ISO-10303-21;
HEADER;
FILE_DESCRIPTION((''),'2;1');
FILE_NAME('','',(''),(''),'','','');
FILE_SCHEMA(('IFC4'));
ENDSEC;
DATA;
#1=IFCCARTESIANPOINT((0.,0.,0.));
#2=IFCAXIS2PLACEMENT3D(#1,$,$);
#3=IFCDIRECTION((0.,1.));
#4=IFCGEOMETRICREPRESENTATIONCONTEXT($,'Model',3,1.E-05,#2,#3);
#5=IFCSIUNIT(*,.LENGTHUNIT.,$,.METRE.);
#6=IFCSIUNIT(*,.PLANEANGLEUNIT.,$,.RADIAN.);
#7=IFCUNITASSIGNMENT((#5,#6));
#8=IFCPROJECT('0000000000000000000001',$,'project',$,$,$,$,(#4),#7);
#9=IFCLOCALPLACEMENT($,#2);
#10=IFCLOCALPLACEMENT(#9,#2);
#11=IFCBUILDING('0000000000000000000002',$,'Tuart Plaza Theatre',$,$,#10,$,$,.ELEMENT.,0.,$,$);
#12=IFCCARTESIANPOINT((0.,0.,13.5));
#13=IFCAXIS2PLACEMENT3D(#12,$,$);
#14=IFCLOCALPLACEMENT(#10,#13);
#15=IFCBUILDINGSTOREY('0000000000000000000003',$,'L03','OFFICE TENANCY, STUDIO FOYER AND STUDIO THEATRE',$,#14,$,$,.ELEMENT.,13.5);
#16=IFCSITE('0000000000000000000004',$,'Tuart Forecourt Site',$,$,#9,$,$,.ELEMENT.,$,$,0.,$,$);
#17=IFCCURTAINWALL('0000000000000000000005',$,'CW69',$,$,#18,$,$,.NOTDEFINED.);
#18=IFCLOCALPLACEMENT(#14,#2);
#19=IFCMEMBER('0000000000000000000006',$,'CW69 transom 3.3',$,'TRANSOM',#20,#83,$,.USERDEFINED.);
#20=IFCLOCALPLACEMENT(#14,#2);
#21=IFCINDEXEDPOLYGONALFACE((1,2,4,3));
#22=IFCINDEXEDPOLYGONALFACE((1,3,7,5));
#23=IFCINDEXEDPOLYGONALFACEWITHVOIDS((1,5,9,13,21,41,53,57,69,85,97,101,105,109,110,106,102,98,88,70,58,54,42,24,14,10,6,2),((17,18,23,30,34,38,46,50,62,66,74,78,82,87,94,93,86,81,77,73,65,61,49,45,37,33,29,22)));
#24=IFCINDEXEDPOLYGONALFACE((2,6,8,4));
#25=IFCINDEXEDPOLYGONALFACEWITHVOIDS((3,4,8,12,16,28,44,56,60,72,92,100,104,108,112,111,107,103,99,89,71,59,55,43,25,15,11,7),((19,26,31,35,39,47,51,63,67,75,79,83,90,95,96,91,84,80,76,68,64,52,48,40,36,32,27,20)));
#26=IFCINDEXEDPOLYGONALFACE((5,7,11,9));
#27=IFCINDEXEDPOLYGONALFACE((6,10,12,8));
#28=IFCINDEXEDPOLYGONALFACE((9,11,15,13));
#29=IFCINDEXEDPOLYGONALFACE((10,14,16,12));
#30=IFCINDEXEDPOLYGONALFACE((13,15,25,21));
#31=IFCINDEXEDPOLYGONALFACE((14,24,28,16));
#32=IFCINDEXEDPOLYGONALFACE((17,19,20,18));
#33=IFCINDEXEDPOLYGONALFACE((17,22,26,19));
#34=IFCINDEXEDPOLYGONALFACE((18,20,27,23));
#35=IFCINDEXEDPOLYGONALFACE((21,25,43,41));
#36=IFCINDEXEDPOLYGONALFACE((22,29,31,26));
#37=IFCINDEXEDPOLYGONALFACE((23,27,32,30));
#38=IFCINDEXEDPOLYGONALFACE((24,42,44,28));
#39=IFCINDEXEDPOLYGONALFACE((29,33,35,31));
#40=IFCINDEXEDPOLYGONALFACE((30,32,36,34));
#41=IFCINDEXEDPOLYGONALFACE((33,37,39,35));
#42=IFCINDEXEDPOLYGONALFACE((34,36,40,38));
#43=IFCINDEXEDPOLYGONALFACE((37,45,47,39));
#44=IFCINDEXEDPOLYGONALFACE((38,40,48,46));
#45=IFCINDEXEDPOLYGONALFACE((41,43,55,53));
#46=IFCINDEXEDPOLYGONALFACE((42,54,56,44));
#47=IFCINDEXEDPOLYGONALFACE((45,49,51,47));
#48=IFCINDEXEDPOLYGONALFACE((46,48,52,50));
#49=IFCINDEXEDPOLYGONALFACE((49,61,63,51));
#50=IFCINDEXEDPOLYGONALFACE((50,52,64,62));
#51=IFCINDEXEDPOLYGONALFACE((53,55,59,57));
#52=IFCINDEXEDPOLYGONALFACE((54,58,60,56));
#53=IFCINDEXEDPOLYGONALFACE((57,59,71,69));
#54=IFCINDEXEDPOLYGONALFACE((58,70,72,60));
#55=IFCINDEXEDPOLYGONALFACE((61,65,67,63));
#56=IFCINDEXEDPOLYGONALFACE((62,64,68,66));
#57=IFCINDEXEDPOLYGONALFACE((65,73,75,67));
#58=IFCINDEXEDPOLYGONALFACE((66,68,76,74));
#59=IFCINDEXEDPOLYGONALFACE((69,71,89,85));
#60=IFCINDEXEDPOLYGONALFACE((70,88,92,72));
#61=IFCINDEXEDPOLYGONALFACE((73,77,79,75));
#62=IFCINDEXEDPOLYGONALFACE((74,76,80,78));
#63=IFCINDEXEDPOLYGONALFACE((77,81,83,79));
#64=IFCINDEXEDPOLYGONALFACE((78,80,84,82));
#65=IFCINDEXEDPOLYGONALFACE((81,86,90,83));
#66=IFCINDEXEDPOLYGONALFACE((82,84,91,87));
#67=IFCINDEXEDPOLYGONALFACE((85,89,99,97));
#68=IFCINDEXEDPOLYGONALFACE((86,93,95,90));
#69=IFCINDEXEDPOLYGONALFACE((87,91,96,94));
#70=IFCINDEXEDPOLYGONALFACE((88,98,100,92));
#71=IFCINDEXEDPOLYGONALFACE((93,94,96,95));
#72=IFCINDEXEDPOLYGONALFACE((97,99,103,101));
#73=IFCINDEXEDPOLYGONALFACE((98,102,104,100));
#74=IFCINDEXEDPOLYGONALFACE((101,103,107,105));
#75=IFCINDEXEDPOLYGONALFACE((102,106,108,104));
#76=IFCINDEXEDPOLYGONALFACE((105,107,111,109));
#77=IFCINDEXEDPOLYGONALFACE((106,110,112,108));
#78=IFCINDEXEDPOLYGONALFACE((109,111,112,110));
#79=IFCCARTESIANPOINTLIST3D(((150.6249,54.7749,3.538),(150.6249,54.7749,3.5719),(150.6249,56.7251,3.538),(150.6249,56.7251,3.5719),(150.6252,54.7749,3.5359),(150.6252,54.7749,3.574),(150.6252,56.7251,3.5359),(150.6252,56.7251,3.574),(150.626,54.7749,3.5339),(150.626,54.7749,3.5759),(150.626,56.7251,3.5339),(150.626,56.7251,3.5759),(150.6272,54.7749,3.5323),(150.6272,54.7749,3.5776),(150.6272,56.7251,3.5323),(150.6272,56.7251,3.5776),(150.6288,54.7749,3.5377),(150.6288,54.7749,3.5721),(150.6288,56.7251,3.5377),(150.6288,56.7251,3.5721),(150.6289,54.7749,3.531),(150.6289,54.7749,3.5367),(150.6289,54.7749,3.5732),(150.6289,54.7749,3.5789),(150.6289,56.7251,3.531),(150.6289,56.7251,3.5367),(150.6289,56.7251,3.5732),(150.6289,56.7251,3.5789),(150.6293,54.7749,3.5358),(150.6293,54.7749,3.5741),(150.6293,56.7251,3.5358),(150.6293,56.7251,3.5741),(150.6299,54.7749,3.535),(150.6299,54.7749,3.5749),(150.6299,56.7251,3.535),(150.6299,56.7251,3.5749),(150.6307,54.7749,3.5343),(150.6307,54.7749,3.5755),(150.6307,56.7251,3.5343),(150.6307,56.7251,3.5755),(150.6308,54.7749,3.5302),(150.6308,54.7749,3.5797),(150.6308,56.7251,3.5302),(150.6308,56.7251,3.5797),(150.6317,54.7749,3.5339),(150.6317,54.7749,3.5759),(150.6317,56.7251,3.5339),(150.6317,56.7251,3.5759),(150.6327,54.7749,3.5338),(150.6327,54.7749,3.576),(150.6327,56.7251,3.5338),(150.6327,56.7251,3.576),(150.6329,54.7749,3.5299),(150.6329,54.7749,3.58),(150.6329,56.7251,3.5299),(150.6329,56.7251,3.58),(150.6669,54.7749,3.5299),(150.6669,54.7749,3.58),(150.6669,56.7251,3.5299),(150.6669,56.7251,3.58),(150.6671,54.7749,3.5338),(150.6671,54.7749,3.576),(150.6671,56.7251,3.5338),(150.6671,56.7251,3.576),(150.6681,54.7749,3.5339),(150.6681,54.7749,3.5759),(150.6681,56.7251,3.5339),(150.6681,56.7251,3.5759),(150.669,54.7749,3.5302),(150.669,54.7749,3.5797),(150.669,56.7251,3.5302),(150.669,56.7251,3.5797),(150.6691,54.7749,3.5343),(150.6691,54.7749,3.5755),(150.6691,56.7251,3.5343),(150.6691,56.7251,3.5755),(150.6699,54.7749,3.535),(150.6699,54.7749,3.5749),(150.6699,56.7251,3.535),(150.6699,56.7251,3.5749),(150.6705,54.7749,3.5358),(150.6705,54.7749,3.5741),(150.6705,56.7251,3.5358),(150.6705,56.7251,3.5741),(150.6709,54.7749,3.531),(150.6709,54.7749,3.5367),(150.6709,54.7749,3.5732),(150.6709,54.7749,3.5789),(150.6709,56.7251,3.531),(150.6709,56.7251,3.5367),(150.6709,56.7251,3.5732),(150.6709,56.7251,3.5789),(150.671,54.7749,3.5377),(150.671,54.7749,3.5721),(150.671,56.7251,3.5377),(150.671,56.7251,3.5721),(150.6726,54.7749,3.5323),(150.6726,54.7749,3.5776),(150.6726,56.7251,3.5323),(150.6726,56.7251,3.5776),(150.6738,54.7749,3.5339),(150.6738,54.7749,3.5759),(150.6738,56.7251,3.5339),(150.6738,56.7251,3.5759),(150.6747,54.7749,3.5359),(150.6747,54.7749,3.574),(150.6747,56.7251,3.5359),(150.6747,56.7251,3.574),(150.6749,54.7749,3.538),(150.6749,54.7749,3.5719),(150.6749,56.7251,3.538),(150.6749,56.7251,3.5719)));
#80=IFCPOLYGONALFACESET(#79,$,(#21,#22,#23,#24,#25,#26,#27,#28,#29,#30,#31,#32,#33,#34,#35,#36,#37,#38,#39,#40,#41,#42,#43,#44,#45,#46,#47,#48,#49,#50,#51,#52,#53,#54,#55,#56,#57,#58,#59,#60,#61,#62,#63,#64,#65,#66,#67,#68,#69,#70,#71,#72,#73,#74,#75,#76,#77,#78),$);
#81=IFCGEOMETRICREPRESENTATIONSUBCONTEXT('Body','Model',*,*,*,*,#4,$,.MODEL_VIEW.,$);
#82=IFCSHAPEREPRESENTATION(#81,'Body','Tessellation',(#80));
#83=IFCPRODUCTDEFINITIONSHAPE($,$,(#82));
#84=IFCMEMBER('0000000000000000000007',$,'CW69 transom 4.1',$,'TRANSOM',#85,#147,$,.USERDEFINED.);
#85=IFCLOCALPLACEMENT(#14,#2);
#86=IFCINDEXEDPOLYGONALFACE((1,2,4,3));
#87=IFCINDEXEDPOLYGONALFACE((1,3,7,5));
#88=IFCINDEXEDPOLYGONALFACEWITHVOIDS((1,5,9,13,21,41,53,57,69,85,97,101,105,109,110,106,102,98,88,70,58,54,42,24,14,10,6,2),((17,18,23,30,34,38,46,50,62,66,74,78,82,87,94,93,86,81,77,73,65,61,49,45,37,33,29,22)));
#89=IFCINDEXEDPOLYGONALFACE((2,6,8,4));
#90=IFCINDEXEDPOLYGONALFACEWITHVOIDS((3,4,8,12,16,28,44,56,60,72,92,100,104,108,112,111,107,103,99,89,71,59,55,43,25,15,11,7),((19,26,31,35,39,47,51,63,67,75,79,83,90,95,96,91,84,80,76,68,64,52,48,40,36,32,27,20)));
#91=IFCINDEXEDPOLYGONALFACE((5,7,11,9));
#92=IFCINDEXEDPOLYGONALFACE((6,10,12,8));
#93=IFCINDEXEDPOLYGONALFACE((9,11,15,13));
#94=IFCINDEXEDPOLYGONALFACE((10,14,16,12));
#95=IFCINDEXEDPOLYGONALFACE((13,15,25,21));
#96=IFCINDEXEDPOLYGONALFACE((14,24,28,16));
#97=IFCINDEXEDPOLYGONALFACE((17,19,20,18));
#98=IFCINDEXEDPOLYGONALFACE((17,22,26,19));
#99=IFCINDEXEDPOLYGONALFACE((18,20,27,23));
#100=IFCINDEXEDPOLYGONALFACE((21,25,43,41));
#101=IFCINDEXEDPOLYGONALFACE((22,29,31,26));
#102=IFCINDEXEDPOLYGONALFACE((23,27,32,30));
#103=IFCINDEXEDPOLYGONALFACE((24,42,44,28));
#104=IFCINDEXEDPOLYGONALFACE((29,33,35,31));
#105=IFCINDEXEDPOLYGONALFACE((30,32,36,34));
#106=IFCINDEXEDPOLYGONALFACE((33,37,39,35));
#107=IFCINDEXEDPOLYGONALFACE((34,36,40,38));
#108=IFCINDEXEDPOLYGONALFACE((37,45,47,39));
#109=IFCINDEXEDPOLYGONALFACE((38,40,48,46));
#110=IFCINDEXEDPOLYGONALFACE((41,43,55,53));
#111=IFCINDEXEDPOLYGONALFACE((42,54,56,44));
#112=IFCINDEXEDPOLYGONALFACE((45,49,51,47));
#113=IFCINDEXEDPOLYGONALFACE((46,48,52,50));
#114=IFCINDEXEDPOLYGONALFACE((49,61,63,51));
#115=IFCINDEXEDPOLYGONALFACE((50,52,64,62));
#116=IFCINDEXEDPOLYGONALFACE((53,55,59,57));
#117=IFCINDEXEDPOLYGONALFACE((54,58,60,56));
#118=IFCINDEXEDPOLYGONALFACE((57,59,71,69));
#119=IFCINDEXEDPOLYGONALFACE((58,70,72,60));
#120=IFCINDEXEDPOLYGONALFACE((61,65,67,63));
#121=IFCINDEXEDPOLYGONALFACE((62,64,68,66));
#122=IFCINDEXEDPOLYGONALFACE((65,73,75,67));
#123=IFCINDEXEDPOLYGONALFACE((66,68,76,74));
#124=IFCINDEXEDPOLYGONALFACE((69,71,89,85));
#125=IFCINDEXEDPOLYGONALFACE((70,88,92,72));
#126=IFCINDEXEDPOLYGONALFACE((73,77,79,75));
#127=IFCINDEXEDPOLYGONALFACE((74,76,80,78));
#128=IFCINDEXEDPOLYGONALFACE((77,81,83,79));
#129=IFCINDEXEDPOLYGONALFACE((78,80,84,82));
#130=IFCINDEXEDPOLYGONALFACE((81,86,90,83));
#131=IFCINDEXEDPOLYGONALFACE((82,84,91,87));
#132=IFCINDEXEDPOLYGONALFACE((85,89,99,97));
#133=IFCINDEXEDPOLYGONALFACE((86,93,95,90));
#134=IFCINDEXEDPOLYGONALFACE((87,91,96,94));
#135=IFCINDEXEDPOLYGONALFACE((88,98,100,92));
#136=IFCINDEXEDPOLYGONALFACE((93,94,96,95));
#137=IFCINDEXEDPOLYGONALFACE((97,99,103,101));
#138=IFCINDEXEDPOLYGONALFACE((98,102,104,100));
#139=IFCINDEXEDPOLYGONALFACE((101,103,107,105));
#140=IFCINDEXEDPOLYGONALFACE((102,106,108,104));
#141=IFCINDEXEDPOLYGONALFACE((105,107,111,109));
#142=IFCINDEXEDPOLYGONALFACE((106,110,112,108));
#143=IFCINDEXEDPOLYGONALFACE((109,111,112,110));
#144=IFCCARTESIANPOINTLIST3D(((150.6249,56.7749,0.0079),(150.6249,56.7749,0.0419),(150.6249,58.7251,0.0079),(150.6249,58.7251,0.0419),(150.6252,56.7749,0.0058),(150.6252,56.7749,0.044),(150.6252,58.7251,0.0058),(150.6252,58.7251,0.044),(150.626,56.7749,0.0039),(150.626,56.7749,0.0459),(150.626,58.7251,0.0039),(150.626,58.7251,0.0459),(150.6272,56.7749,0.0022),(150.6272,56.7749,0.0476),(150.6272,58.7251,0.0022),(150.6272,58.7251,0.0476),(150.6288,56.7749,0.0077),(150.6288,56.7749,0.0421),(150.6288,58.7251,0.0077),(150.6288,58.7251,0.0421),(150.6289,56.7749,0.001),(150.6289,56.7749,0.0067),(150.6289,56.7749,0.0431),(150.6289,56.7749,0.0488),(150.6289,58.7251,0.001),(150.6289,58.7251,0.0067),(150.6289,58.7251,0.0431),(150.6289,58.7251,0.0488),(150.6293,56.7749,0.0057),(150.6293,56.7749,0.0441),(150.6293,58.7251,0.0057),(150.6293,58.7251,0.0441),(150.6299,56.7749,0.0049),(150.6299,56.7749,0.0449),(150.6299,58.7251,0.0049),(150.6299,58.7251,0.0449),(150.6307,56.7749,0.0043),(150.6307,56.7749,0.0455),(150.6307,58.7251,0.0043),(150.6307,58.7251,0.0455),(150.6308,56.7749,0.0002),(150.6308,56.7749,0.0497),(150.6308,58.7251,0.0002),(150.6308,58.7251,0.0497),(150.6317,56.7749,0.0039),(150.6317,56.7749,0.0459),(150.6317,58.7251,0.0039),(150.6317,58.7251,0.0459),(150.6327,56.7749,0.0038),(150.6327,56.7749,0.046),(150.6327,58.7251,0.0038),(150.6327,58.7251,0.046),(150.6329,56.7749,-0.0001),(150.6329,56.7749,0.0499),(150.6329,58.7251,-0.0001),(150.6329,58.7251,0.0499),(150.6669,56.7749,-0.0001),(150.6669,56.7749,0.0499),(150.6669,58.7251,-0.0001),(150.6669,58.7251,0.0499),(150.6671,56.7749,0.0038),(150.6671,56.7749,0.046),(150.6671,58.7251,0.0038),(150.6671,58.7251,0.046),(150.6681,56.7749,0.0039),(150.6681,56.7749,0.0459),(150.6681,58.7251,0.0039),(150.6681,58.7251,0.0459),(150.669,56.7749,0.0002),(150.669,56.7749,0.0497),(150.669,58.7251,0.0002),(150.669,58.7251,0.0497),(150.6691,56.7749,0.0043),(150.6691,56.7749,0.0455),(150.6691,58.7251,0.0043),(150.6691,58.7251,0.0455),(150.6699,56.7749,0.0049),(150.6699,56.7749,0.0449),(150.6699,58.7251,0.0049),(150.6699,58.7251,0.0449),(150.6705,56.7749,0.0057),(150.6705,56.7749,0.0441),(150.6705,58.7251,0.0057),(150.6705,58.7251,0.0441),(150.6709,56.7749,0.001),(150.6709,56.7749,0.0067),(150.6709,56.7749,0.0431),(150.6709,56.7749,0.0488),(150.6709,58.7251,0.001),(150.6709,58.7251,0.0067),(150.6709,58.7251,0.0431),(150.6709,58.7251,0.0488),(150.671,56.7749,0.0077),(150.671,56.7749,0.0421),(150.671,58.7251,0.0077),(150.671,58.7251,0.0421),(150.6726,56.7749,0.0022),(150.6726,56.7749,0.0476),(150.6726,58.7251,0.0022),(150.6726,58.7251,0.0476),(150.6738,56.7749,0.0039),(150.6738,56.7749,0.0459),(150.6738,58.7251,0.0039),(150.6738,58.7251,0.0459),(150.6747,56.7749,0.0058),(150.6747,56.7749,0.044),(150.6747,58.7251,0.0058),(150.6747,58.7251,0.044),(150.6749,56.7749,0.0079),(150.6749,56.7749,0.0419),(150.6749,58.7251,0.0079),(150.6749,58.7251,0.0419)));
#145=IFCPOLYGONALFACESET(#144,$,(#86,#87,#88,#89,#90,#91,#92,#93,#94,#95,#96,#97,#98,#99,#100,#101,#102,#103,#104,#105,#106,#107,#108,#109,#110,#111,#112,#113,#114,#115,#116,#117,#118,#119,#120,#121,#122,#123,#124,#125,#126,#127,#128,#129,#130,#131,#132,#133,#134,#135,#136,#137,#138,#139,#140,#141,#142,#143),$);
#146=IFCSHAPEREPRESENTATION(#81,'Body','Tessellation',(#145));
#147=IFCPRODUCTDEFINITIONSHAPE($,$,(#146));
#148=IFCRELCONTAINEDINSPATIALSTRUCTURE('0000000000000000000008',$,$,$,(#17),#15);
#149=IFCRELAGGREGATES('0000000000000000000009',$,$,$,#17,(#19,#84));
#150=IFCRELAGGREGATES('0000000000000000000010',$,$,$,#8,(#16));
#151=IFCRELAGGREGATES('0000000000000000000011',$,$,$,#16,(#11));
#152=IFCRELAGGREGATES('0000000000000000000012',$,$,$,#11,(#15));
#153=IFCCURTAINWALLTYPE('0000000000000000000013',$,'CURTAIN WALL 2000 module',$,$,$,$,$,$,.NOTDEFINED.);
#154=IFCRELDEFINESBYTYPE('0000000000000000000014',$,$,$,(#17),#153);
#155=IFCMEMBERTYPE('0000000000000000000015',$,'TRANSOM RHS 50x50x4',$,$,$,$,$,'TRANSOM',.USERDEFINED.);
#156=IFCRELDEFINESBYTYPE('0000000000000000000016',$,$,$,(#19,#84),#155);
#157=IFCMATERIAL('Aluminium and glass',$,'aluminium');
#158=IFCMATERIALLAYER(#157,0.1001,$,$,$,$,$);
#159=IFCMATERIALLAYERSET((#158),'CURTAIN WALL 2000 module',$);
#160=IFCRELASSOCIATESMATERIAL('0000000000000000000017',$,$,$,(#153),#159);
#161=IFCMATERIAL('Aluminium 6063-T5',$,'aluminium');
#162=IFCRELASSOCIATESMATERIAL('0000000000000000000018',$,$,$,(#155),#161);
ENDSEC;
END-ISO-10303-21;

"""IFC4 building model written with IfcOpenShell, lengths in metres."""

from ifc_helpers import new_model, si_unit, direction, frame, origin, origin_2d, place, context, subcontext, project, spatial, hollow_rectangle, extrude, material, layer, layer_set, material_profile, profile_set, type_object, element, aggregate, save


model = new_model("IFC4")

# Units and contexts
model_context = context("Model", 3, precision=1e-05, world=origin(), true_north=direction((0.0, 1.0)))
body_context = subcontext(model_context, "Body", "Model", "MODEL_VIEW")
ifc_project = project(units=[si_unit("LENGTHUNIT", "METRE"), si_unit("PLANEANGLEUNIT", "RADIAN")], contexts=[model_context])

# Site, building, storey
site_placement = place(None, origin())
site = spatial("IfcSite", under=ifc_project, at=site_placement, Name="Tuart Forecourt Site", CompositionType="ELEMENT", RefElevation=0.0)
building_placement = place(site_placement, origin())
building = spatial("IfcBuilding", under=site, at=building_placement, Name="Tuart Plaza Theatre", CompositionType="ELEMENT", ElevationOfRefHeight=0.0)
storey_placement = place(building_placement, frame((0.0, 0.0, 13.5)))
storey = spatial("IfcBuildingStorey", under=building, at=storey_placement, Name="L03", Description="OFFICE TENANCY, STUDIO FOYER AND STUDIO THEATRE", CompositionType="ELEMENT", Elevation=13.5)

# Curtain wall, members
ifc_material_1 = material(Name="Aluminium and glass", Category="aluminium")
ifc_layer_1 = layer(ifc_material_1, 0.1001)
ifc_layer_set_1 = layer_set([ifc_layer_1], Name="CURTAIN WALL 2000 module")
curtain_wall_type = type_object("IfcCurtainWallType", Name="CURTAIN WALL 2000 module", PredefinedType="NOTDEFINED", material=ifc_layer_set_1)
curtain_wall_placement = place(storey_placement, origin())
curtain_wall = element("IfcCurtainWall", 1, at=curtain_wall_placement, inside=storey, type_object=curtain_wall_type, Name="CW69", PredefinedType="NOTDEFINED")
ifc_material_2 = material(Name="Aluminium 6063-T5", Category="aluminium")
ifc_material_profile_1 = material_profile(ifc_material_2, hollow_rectangle(XDim=0.05, YDim=0.05, WallThickness=0.0039, InnerFilletRadius=0.0039, OuterFilletRadius=0.0081, at=origin_2d()), Name="RHS 50x50x4")
ifc_profile_set_1 = profile_set([ifc_material_profile_1], Name="Aluminium 6063-T5")
member_type_1 = type_object("IfcMemberType", Name="TRANSOM RHS 50x50x4", ElementType="TRANSOM", PredefinedType="USERDEFINED", material=ifc_profile_set_1)
member_1_placement = place(storey_placement, frame((150.6499, 54.7749, 3.5549), z_axis=(0.0, 1.0, 0.0), x_axis=(-1.0, 0.0, 0.0)))
member_1 = element("IfcMember", 2, at=member_1_placement, type_object=member_type_1, Name="CW69 transom 3.3", ObjectType="TRANSOM", PredefinedType="USERDEFINED", context=body_context, shape_type="SweptSolid", body=[
    extrude(hollow_rectangle(XDim=0.05, YDim=0.05, WallThickness=0.0039, InnerFilletRadius=0.0039, OuterFilletRadius=0.0081, at=origin_2d()), origin(), (0.0, 0.0, 1.0), 1.9502),
])
member_2_placement = place(storey_placement, frame((150.6499, 56.7749, 0.0249), z_axis=(0.0, 1.0, 0.0), x_axis=(-1.0, 0.0, 0.0)))
member_2 = element("IfcMember", 3, at=member_2_placement, type_object=member_type_1, Name="CW69 transom 4.1", ObjectType="TRANSOM", PredefinedType="USERDEFINED", context=body_context, shape_type="SweptSolid", body=[
    extrude(hollow_rectangle(XDim=0.05, YDim=0.05, WallThickness=0.0039, InnerFilletRadius=0.0039, OuterFilletRadius=0.0081, at=origin_2d()), origin(), (0.0, 0.0, 1.0), 1.9502),
])
aggregate(curtain_wall, [member_1, member_2])

save(model, "model.ifc")
